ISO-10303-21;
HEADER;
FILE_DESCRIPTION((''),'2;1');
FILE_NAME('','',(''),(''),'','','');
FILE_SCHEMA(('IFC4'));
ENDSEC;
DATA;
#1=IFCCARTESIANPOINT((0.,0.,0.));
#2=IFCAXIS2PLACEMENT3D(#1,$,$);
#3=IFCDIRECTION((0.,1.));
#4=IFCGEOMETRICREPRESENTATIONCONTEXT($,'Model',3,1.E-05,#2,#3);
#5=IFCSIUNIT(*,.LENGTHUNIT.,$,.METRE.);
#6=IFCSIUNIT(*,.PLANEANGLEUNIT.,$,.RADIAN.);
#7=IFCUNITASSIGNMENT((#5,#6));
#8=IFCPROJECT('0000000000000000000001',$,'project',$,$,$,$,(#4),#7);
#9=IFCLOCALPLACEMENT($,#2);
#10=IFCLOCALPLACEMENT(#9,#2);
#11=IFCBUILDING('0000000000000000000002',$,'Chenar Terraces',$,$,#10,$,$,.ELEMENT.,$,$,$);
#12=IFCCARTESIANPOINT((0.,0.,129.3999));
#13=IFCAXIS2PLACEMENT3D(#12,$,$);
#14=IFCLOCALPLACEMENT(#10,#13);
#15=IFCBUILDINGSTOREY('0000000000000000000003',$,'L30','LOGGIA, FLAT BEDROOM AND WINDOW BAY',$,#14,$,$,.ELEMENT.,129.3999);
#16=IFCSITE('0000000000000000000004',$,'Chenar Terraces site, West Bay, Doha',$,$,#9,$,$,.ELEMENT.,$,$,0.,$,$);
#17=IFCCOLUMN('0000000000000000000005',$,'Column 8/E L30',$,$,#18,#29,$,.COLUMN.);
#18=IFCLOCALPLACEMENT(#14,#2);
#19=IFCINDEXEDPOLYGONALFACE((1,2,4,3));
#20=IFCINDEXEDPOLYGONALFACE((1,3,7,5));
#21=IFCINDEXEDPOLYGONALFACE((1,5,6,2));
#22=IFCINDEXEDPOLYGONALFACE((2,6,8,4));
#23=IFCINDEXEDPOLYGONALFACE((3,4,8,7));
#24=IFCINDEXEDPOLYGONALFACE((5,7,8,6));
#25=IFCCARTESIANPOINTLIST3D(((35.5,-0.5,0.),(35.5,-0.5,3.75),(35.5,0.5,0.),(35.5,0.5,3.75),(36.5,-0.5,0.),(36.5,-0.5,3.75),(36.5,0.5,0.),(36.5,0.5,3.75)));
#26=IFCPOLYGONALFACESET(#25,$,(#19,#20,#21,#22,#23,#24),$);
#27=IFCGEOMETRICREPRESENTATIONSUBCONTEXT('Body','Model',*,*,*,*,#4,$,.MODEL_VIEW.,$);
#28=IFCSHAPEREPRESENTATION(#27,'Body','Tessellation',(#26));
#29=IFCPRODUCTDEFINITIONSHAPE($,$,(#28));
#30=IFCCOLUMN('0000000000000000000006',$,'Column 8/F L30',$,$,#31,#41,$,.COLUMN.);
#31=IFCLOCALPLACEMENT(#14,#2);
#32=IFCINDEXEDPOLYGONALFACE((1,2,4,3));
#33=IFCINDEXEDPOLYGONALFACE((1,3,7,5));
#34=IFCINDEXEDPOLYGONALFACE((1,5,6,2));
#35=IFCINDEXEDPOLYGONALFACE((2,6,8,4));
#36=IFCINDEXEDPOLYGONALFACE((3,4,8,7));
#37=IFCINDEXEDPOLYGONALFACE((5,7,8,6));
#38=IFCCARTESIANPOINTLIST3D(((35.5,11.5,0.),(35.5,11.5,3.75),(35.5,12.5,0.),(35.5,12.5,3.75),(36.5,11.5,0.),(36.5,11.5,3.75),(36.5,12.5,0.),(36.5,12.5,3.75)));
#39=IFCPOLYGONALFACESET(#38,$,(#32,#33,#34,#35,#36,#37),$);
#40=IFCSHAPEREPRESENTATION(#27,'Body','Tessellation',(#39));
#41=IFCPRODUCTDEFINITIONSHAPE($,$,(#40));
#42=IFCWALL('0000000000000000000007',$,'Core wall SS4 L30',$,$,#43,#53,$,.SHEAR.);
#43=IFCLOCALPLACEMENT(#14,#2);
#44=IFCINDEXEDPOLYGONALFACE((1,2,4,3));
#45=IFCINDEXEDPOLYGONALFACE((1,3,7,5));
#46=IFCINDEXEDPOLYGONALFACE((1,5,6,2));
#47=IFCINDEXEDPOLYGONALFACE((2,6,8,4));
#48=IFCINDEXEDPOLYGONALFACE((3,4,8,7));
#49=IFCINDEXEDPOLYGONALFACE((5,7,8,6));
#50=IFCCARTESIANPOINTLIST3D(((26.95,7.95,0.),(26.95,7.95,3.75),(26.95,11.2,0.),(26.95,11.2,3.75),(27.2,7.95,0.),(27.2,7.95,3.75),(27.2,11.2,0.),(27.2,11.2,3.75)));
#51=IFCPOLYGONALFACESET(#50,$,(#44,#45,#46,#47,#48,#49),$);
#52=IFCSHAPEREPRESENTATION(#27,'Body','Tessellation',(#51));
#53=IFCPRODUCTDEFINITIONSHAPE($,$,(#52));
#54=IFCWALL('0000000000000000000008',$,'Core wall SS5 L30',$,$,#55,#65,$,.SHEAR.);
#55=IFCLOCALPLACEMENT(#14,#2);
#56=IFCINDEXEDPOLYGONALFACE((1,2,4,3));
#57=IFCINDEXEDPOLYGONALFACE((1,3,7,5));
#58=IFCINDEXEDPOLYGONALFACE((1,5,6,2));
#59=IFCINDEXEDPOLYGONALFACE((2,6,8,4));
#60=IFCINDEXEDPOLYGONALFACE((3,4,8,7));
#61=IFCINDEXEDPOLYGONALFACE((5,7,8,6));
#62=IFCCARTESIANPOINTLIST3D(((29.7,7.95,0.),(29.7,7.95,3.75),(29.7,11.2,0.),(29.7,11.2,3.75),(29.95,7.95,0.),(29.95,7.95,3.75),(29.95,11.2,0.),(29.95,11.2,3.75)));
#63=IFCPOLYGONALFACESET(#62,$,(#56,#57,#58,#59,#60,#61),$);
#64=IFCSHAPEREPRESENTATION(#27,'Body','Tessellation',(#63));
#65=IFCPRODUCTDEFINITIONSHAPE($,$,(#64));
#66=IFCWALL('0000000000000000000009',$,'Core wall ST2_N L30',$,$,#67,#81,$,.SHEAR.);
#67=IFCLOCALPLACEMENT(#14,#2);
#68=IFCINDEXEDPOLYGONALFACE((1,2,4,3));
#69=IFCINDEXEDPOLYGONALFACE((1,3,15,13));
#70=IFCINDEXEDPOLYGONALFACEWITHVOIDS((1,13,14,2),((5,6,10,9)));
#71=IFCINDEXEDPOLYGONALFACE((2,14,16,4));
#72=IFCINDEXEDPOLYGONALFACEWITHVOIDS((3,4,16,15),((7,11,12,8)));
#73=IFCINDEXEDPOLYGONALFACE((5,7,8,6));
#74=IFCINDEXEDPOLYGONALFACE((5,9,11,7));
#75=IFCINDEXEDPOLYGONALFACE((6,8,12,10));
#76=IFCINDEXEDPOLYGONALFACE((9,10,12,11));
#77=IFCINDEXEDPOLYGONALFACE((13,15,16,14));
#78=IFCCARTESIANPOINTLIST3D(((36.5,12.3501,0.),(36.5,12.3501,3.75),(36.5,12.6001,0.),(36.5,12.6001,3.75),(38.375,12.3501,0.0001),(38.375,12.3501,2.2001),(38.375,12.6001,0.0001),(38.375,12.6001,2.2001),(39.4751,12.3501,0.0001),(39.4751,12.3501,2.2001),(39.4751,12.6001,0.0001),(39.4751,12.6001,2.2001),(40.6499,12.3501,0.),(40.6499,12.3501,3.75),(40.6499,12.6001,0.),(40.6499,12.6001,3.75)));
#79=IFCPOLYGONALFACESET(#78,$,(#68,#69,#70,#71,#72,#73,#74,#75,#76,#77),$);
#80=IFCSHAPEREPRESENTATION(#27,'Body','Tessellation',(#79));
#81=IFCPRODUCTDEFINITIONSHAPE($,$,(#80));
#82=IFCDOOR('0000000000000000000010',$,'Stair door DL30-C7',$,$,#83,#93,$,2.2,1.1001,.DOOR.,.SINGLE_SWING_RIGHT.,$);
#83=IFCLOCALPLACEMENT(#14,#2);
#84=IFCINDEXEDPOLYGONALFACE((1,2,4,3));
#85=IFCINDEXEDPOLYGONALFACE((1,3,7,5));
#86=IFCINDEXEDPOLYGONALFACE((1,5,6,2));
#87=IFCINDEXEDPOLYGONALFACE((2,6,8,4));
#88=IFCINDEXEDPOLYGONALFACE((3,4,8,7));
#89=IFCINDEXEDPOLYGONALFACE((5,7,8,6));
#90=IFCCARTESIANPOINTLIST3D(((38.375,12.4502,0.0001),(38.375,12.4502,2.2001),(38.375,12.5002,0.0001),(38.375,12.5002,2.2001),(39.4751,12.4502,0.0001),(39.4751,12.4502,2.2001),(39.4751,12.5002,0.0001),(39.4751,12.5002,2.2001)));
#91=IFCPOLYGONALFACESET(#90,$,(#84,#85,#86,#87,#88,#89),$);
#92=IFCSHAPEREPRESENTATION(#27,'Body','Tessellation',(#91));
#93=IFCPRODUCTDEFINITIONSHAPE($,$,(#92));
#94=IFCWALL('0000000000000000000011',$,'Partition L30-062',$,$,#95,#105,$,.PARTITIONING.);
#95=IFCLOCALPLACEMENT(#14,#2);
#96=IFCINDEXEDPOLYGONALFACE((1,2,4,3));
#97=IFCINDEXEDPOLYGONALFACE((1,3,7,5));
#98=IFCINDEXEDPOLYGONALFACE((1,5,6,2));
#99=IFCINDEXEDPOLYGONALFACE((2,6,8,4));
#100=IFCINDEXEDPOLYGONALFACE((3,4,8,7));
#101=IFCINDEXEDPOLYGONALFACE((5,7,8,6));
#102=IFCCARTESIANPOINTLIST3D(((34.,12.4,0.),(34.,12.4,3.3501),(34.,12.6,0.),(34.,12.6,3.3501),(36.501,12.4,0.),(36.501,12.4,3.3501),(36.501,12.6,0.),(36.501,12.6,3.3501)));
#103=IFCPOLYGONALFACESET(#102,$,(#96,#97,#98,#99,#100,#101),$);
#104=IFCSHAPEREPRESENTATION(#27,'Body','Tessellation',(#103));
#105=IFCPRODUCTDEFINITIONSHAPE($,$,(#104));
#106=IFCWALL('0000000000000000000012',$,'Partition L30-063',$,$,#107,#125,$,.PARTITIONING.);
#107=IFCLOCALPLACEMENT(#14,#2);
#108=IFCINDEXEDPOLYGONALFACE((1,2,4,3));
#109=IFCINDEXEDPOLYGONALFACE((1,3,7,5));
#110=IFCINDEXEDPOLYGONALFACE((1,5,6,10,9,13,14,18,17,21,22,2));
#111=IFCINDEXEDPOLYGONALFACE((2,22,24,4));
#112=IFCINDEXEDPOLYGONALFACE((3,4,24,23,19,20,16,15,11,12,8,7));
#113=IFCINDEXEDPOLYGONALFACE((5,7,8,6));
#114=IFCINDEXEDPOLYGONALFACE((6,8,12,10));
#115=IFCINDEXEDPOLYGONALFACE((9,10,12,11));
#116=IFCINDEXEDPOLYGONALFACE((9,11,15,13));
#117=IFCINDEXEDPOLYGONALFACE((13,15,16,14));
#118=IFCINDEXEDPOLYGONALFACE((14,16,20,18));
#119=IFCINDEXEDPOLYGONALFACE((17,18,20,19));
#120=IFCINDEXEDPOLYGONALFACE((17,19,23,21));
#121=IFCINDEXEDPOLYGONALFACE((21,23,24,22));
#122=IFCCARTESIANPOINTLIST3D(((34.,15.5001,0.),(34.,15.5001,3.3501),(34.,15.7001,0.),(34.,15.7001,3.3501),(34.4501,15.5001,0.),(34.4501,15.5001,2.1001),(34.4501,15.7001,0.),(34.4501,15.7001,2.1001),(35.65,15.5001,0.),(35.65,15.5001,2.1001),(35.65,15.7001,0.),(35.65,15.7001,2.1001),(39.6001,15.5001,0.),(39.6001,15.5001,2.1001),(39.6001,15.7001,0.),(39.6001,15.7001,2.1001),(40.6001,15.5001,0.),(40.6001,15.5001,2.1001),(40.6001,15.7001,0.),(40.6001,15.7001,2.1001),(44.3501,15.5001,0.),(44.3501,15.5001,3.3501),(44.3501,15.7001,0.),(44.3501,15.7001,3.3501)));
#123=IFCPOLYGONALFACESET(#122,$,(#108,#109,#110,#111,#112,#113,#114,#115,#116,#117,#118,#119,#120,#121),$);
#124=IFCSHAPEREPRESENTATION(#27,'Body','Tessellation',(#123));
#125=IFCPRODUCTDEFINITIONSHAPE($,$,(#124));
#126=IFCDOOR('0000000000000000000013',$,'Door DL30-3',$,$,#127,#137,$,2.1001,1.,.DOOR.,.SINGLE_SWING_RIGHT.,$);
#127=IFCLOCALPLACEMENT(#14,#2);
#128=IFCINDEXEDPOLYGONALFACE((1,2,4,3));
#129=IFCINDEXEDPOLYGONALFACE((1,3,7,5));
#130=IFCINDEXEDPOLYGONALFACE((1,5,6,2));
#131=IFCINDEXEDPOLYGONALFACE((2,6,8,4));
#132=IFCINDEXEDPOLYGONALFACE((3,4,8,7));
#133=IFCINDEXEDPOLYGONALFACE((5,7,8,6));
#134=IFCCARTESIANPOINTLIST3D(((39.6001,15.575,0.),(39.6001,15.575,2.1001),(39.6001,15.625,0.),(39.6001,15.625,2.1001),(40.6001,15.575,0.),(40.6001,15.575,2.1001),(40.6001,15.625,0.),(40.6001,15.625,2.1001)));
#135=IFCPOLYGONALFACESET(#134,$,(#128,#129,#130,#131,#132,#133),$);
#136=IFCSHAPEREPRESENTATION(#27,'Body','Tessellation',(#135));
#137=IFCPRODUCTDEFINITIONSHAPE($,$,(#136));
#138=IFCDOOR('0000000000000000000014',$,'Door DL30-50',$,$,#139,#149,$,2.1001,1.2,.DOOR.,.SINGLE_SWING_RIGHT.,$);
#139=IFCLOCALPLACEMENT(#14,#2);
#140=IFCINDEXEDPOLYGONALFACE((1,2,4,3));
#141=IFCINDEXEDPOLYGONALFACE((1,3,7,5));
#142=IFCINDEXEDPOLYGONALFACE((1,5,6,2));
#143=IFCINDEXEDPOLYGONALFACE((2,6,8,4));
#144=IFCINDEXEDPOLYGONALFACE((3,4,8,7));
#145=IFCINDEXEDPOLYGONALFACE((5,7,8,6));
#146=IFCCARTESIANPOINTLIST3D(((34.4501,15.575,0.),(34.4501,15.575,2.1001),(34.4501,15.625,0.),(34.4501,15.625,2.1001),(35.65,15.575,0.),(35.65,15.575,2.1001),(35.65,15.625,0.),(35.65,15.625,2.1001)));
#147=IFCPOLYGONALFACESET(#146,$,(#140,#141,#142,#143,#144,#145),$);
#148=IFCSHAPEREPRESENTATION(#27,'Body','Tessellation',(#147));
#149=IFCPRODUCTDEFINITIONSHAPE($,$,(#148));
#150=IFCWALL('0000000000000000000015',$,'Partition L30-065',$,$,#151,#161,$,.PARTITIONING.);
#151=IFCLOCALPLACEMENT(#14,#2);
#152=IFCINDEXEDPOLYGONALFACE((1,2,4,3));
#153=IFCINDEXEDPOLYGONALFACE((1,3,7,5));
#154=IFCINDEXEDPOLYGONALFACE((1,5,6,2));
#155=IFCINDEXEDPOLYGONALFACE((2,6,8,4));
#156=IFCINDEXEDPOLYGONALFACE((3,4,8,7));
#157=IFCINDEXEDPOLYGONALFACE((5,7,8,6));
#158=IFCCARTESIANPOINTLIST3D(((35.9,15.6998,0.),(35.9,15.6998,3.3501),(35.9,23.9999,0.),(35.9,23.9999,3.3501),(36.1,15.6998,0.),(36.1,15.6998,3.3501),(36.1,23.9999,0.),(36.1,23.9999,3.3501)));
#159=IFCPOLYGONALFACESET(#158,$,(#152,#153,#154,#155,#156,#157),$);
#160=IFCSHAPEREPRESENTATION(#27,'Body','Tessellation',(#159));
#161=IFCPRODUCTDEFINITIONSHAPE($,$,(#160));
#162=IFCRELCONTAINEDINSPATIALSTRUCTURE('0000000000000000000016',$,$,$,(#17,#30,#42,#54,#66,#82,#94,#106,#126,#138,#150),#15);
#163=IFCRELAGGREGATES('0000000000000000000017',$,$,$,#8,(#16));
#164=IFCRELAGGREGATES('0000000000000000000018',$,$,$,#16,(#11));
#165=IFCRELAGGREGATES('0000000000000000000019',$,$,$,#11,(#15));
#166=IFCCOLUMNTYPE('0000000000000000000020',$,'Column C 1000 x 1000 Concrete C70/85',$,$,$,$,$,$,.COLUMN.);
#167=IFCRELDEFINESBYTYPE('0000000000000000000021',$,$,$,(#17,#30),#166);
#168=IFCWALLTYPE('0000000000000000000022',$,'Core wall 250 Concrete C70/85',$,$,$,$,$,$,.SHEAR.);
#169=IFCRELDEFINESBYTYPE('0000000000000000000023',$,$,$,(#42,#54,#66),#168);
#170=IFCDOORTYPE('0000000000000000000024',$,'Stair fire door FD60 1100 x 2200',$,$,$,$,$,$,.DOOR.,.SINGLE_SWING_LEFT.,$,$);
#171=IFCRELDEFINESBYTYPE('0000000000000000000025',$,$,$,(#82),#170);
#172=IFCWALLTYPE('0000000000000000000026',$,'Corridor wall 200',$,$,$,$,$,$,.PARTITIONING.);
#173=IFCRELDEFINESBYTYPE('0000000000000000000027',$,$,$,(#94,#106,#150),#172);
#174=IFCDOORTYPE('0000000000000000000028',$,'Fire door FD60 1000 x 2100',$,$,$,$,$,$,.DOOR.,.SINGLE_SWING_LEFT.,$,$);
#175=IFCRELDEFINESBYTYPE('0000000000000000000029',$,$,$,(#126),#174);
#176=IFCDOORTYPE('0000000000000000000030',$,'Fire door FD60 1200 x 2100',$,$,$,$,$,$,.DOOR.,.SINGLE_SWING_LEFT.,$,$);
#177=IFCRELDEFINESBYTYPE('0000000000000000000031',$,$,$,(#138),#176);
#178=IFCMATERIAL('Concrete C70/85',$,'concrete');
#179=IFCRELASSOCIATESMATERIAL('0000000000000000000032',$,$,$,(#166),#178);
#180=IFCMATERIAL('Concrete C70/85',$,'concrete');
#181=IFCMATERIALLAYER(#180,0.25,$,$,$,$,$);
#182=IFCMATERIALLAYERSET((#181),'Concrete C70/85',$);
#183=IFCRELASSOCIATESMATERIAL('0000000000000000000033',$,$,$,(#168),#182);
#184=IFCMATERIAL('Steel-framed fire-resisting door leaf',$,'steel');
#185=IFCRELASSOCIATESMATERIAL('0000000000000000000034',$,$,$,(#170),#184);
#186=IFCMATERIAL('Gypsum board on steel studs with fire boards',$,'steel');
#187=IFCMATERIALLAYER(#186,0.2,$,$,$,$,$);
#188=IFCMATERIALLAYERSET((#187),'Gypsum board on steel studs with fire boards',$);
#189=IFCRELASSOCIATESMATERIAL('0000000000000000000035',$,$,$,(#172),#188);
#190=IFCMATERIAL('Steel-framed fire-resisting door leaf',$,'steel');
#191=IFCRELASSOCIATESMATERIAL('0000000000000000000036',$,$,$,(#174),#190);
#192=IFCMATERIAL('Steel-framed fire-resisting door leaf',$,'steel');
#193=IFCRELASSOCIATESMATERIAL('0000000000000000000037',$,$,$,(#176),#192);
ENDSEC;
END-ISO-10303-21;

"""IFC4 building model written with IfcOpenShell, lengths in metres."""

from ifc_helpers import new_model, si_unit, direction, frame, frame_2d, origin, origin_2d, place, context, subcontext, project, spatial, rectangle, extrude, material, layer, layer_set, material_profile, profile_set, type_object, element, fill, save


model = new_model("IFC4")

# Units and contexts
model_context = context("Model", 3, precision=1e-05, world=origin(), true_north=direction((0.0, 1.0)))
body_context = subcontext(model_context, "Body", "Model", "MODEL_VIEW")
ifc_project = project(units=[si_unit("LENGTHUNIT", "METRE"), si_unit("PLANEANGLEUNIT", "RADIAN")], contexts=[model_context])

# Site, building, storey
site_placement = place(None, origin())
site = spatial("IfcSite", under=ifc_project, at=site_placement, Name="Chenar Terraces site, West Bay, Doha", CompositionType="ELEMENT", RefElevation=0.0)
building_placement = place(site_placement, origin())
building = spatial("IfcBuilding", under=site, at=building_placement, Name="Chenar Terraces", CompositionType="ELEMENT")
storey_placement = place(building_placement, frame((0.0, 0.0, 129.3999)))
storey = spatial("IfcBuildingStorey", under=building, at=storey_placement, Name="L30", Description="LOGGIA, FLAT BEDROOM AND WINDOW BAY", CompositionType="ELEMENT", Elevation=129.3999)

# Columns
ifc_material_1 = material(Name="Concrete C70/85", Category="concrete")
ifc_material_profile_1 = material_profile(ifc_material_1, rectangle(XDim=1.0, YDim=1.0, at=origin_2d()), Name="C 1000 x 1000")
ifc_profile_set_1 = profile_set([ifc_material_profile_1], Name="Concrete C70/85")
column_type = type_object("IfcColumnType", Name="Column C 1000 x 1000 Concrete C70/85", PredefinedType="COLUMN", material=ifc_profile_set_1)
for number, where, z_axis, x_axis, name in (
    (1, (36.0, 0.0, 0.0), (0.0, 0.0, 1.0), (1.0, 0.0, 0.0), "Column 8/E L30"),
    (2, (36.0, 12.0, 0.0), (0.0, 0.0, 1.0), (1.0, 0.0, 0.0), "Column 8/F L30"),
):
    element("IfcColumn", number, at=place(storey_placement, frame(where, z_axis=z_axis, x_axis=x_axis)), inside=storey, type_object=column_type, Name=name, PredefinedType="COLUMN", context=body_context, shape_type="SweptSolid", body=[
        extrude(rectangle(XDim=1.0, YDim=1.0, at=origin_2d()), origin(), (0.0, 0.0, 1.0), 3.75),
    ])

# Walls
ifc_material_2 = material(Name="Concrete C70/85", Category="concrete")
ifc_layer_1 = layer(ifc_material_2, 0.25)
ifc_layer_set_1 = layer_set([ifc_layer_1], Name="Concrete C70/85")
wall_type_1 = type_object("IfcWallType", Name="Core wall 250 Concrete C70/85", PredefinedType="SHEAR", material=ifc_layer_set_1)
for number, where, z_axis, x_axis, name in (
    (3, (27.075, 7.95, 0.0), (0.0, 0.0, 1.0), (0.0, 1.0, 0.0), "Core wall SS4 L30"),
    (4, (29.825, 7.95, 0.0), (0.0, 0.0, 1.0), (0.0, 1.0, 0.0), "Core wall SS5 L30"),
):
    element("IfcWall", number, at=place(storey_placement, frame(where, z_axis=z_axis, x_axis=x_axis)), inside=storey, type_object=wall_type_1, Name=name, PredefinedType="SHEAR", context=body_context, shape_type="SweptSolid", body=[
        extrude(rectangle(XDim=3.25, YDim=0.25, at=frame_2d((1.625, 0.0))), origin(), (0.0, 0.0, 1.0), 3.75),
    ])

# Wall, opening, door
wall_1_placement = place(storey_placement, frame((36.5, 12.4751, 0.0), z_axis=(0.0, 0.0, 1.0), x_axis=(1.0, 0.0, 0.0)))
wall_1 = element("IfcWall", 5, at=wall_1_placement, inside=storey, type_object=wall_type_1, Name="Core wall ST2_N L30", PredefinedType="SHEAR", context=body_context, shape_type="SweptSolid", body=[
    extrude(rectangle(XDim=4.1499, YDim=0.25, at=frame_2d((2.075, 0.0))), origin(), (0.0, 0.0, 1.0), 3.75),
])
opening_1_placement = place(wall_1_placement, frame((1.875, 0.0, 0.0)))
opening_1 = element("IfcOpeningElement", 6, at=opening_1_placement, cuts=wall_1, PredefinedType="OPENING", context=body_context, shape_type="SweptSolid", body=[
    extrude(rectangle(XDim=1.1001, YDim=2.2, at=frame_2d((0.55, 1.1001))), frame((0.0, 0.135, 0.0), z_axis=(0.0, -1.0, 0.0), x_axis=(1.0, 0.0, 0.0)), (0.0, 0.0, 1.0), 0.27),
])
ifc_material_3 = material(Name="Steel-framed fire-resisting door leaf", Category="steel")
door_type_1 = type_object("IfcDoorType", Name="Stair fire door FD60 1100 x 2200", OperationType="SINGLE_SWING_LEFT", PredefinedType="DOOR", material=ifc_material_3)
door_1_placement = place(opening_1_placement, frame((1.1001, 0.0, 0.0), z_axis=(0.0, 0.0, 1.0), x_axis=(-1.0, 0.0, 0.0)))
door_1 = element("IfcDoor", 7, at=door_1_placement, inside=storey, type_object=door_type_1, Name="Stair door DL30-C7", OperationType="SINGLE_SWING_RIGHT", OverallHeight=2.2, OverallWidth=1.1001, PredefinedType="DOOR", context=body_context, shape_type="SweptSolid", body=[
    extrude(rectangle(XDim=1.1001, YDim=2.2, at=frame_2d((0.55, 1.1001))), frame((0.0, 0.0249, 0.0), z_axis=(0.0, -1.0, 0.0), x_axis=(1.0, 0.0, 0.0)), (0.0, 0.0, 1.0), 0.05),
])
fill(opening_1, door_1)

# Wall
ifc_material_4 = material(Name="Gypsum board on steel studs with fire boards", Category="steel")
ifc_layer_2 = layer(ifc_material_4, 0.2)
ifc_layer_set_2 = layer_set([ifc_layer_2], Name="Gypsum board on steel studs with fire boards")
wall_type_2 = type_object("IfcWallType", Name="Corridor wall 200", PredefinedType="PARTITIONING", material=ifc_layer_set_2)
wall_2_placement = place(storey_placement, frame((34.0, 12.5, 0.0), z_axis=(0.0, 0.0, 1.0), x_axis=(1.0, 0.0, 0.0)))
element("IfcWall", 8, at=wall_2_placement, inside=storey, type_object=wall_type_2, Name="Partition L30-062", PredefinedType="PARTITIONING", context=body_context, shape_type="SweptSolid", body=[
    extrude(rectangle(XDim=2.501, YDim=0.2, at=frame_2d((1.2505, 0.0))), origin(), (0.0, 0.0, 1.0), 3.3501),
])

# Wall, openings, doors
wall_3_placement = place(storey_placement, frame((34.0, 15.6001, 0.0), z_axis=(0.0, 0.0, 1.0), x_axis=(1.0, 0.0, 0.0)))
wall_3 = element("IfcWall", 9, at=wall_3_placement, inside=storey, type_object=wall_type_2, Name="Partition L30-063", PredefinedType="PARTITIONING", context=body_context, shape_type="SweptSolid", body=[
    extrude(rectangle(XDim=10.3501, YDim=0.2, at=frame_2d((5.175, 0.0))), origin(), (0.0, 0.0, 1.0), 3.3501),
])
opening_2_placement = place(wall_3_placement, frame((5.6001, 0.0, 0.0)))
opening_2 = element("IfcOpeningElement", 10, at=opening_2_placement, cuts=wall_3, PredefinedType="OPENING", context=body_context, shape_type="SweptSolid", body=[
    extrude(rectangle(XDim=1.0, YDim=2.1001, at=frame_2d((0.5, 1.05))), frame((0.0, 0.1099, 0.0), z_axis=(0.0, -1.0, 0.0), x_axis=(1.0, 0.0, 0.0)), (0.0, 0.0, 1.0), 0.22),
])
opening_3_placement = place(wall_3_placement, frame((0.45, 0.0, 0.0)))
opening_3 = element("IfcOpeningElement", 11, at=opening_3_placement, cuts=wall_3, PredefinedType="OPENING", context=body_context, shape_type="SweptSolid", body=[
    extrude(rectangle(XDim=1.2, YDim=2.1001, at=frame_2d((0.6001, 1.05))), frame((0.0, 0.1099, 0.0), z_axis=(0.0, -1.0, 0.0), x_axis=(1.0, 0.0, 0.0)), (0.0, 0.0, 1.0), 0.22),
])
ifc_material_5 = material(Name="Steel-framed fire-resisting door leaf", Category="steel")
door_type_2 = type_object("IfcDoorType", Name="Fire door FD60 1000 x 2100", OperationType="SINGLE_SWING_LEFT", PredefinedType="DOOR", material=ifc_material_5)
door_2_placement = place(opening_2_placement, origin())
door_2 = element("IfcDoor", 12, at=door_2_placement, inside=storey, type_object=door_type_2, Name="Door DL30-3", OperationType="SINGLE_SWING_RIGHT", OverallHeight=2.1001, OverallWidth=1.0, PredefinedType="DOOR", context=body_context, shape_type="SweptSolid", body=[
    extrude(rectangle(XDim=1.0, YDim=2.1001, at=frame_2d((0.5, 1.05))), frame((0.0, 0.0249, 0.0), z_axis=(0.0, -1.0, 0.0), x_axis=(1.0, 0.0, 0.0)), (0.0, 0.0, 1.0), 0.05),
])
fill(opening_2, door_2)
ifc_material_6 = material(Name="Steel-framed fire-resisting door leaf", Category="steel")
door_type_3 = type_object("IfcDoorType", Name="Fire door FD60 1200 x 2100", OperationType="SINGLE_SWING_LEFT", PredefinedType="DOOR", material=ifc_material_6)
door_3_placement = place(opening_3_placement, origin())
door_3 = element("IfcDoor", 13, at=door_3_placement, inside=storey, type_object=door_type_3, Name="Door DL30-50", OperationType="SINGLE_SWING_RIGHT", OverallHeight=2.1001, OverallWidth=1.2, PredefinedType="DOOR", context=body_context, shape_type="SweptSolid", body=[
    extrude(rectangle(XDim=1.2, YDim=2.1001, at=frame_2d((0.6001, 1.05))), frame((0.0, 0.0249, 0.0), z_axis=(0.0, -1.0, 0.0), x_axis=(1.0, 0.0, 0.0)), (0.0, 0.0, 1.0), 0.05),
])
fill(opening_3, door_3)

# Wall
wall_4_placement = place(storey_placement, frame((36.0, 15.7, 0.0), z_axis=(0.0, 0.0, 1.0), x_axis=(0.0, 1.0, 0.0)))
element("IfcWall", 14, at=wall_4_placement, inside=storey, type_object=wall_type_2, Name="Partition L30-065", PredefinedType="PARTITIONING", context=body_context, shape_type="SweptSolid", body=[
    extrude(rectangle(XDim=8.3, YDim=0.2, at=frame_2d((4.1499, 0.0))), origin(), (0.0, 0.0, 1.0), 3.3501),
])

save(model, "model.ifc")
